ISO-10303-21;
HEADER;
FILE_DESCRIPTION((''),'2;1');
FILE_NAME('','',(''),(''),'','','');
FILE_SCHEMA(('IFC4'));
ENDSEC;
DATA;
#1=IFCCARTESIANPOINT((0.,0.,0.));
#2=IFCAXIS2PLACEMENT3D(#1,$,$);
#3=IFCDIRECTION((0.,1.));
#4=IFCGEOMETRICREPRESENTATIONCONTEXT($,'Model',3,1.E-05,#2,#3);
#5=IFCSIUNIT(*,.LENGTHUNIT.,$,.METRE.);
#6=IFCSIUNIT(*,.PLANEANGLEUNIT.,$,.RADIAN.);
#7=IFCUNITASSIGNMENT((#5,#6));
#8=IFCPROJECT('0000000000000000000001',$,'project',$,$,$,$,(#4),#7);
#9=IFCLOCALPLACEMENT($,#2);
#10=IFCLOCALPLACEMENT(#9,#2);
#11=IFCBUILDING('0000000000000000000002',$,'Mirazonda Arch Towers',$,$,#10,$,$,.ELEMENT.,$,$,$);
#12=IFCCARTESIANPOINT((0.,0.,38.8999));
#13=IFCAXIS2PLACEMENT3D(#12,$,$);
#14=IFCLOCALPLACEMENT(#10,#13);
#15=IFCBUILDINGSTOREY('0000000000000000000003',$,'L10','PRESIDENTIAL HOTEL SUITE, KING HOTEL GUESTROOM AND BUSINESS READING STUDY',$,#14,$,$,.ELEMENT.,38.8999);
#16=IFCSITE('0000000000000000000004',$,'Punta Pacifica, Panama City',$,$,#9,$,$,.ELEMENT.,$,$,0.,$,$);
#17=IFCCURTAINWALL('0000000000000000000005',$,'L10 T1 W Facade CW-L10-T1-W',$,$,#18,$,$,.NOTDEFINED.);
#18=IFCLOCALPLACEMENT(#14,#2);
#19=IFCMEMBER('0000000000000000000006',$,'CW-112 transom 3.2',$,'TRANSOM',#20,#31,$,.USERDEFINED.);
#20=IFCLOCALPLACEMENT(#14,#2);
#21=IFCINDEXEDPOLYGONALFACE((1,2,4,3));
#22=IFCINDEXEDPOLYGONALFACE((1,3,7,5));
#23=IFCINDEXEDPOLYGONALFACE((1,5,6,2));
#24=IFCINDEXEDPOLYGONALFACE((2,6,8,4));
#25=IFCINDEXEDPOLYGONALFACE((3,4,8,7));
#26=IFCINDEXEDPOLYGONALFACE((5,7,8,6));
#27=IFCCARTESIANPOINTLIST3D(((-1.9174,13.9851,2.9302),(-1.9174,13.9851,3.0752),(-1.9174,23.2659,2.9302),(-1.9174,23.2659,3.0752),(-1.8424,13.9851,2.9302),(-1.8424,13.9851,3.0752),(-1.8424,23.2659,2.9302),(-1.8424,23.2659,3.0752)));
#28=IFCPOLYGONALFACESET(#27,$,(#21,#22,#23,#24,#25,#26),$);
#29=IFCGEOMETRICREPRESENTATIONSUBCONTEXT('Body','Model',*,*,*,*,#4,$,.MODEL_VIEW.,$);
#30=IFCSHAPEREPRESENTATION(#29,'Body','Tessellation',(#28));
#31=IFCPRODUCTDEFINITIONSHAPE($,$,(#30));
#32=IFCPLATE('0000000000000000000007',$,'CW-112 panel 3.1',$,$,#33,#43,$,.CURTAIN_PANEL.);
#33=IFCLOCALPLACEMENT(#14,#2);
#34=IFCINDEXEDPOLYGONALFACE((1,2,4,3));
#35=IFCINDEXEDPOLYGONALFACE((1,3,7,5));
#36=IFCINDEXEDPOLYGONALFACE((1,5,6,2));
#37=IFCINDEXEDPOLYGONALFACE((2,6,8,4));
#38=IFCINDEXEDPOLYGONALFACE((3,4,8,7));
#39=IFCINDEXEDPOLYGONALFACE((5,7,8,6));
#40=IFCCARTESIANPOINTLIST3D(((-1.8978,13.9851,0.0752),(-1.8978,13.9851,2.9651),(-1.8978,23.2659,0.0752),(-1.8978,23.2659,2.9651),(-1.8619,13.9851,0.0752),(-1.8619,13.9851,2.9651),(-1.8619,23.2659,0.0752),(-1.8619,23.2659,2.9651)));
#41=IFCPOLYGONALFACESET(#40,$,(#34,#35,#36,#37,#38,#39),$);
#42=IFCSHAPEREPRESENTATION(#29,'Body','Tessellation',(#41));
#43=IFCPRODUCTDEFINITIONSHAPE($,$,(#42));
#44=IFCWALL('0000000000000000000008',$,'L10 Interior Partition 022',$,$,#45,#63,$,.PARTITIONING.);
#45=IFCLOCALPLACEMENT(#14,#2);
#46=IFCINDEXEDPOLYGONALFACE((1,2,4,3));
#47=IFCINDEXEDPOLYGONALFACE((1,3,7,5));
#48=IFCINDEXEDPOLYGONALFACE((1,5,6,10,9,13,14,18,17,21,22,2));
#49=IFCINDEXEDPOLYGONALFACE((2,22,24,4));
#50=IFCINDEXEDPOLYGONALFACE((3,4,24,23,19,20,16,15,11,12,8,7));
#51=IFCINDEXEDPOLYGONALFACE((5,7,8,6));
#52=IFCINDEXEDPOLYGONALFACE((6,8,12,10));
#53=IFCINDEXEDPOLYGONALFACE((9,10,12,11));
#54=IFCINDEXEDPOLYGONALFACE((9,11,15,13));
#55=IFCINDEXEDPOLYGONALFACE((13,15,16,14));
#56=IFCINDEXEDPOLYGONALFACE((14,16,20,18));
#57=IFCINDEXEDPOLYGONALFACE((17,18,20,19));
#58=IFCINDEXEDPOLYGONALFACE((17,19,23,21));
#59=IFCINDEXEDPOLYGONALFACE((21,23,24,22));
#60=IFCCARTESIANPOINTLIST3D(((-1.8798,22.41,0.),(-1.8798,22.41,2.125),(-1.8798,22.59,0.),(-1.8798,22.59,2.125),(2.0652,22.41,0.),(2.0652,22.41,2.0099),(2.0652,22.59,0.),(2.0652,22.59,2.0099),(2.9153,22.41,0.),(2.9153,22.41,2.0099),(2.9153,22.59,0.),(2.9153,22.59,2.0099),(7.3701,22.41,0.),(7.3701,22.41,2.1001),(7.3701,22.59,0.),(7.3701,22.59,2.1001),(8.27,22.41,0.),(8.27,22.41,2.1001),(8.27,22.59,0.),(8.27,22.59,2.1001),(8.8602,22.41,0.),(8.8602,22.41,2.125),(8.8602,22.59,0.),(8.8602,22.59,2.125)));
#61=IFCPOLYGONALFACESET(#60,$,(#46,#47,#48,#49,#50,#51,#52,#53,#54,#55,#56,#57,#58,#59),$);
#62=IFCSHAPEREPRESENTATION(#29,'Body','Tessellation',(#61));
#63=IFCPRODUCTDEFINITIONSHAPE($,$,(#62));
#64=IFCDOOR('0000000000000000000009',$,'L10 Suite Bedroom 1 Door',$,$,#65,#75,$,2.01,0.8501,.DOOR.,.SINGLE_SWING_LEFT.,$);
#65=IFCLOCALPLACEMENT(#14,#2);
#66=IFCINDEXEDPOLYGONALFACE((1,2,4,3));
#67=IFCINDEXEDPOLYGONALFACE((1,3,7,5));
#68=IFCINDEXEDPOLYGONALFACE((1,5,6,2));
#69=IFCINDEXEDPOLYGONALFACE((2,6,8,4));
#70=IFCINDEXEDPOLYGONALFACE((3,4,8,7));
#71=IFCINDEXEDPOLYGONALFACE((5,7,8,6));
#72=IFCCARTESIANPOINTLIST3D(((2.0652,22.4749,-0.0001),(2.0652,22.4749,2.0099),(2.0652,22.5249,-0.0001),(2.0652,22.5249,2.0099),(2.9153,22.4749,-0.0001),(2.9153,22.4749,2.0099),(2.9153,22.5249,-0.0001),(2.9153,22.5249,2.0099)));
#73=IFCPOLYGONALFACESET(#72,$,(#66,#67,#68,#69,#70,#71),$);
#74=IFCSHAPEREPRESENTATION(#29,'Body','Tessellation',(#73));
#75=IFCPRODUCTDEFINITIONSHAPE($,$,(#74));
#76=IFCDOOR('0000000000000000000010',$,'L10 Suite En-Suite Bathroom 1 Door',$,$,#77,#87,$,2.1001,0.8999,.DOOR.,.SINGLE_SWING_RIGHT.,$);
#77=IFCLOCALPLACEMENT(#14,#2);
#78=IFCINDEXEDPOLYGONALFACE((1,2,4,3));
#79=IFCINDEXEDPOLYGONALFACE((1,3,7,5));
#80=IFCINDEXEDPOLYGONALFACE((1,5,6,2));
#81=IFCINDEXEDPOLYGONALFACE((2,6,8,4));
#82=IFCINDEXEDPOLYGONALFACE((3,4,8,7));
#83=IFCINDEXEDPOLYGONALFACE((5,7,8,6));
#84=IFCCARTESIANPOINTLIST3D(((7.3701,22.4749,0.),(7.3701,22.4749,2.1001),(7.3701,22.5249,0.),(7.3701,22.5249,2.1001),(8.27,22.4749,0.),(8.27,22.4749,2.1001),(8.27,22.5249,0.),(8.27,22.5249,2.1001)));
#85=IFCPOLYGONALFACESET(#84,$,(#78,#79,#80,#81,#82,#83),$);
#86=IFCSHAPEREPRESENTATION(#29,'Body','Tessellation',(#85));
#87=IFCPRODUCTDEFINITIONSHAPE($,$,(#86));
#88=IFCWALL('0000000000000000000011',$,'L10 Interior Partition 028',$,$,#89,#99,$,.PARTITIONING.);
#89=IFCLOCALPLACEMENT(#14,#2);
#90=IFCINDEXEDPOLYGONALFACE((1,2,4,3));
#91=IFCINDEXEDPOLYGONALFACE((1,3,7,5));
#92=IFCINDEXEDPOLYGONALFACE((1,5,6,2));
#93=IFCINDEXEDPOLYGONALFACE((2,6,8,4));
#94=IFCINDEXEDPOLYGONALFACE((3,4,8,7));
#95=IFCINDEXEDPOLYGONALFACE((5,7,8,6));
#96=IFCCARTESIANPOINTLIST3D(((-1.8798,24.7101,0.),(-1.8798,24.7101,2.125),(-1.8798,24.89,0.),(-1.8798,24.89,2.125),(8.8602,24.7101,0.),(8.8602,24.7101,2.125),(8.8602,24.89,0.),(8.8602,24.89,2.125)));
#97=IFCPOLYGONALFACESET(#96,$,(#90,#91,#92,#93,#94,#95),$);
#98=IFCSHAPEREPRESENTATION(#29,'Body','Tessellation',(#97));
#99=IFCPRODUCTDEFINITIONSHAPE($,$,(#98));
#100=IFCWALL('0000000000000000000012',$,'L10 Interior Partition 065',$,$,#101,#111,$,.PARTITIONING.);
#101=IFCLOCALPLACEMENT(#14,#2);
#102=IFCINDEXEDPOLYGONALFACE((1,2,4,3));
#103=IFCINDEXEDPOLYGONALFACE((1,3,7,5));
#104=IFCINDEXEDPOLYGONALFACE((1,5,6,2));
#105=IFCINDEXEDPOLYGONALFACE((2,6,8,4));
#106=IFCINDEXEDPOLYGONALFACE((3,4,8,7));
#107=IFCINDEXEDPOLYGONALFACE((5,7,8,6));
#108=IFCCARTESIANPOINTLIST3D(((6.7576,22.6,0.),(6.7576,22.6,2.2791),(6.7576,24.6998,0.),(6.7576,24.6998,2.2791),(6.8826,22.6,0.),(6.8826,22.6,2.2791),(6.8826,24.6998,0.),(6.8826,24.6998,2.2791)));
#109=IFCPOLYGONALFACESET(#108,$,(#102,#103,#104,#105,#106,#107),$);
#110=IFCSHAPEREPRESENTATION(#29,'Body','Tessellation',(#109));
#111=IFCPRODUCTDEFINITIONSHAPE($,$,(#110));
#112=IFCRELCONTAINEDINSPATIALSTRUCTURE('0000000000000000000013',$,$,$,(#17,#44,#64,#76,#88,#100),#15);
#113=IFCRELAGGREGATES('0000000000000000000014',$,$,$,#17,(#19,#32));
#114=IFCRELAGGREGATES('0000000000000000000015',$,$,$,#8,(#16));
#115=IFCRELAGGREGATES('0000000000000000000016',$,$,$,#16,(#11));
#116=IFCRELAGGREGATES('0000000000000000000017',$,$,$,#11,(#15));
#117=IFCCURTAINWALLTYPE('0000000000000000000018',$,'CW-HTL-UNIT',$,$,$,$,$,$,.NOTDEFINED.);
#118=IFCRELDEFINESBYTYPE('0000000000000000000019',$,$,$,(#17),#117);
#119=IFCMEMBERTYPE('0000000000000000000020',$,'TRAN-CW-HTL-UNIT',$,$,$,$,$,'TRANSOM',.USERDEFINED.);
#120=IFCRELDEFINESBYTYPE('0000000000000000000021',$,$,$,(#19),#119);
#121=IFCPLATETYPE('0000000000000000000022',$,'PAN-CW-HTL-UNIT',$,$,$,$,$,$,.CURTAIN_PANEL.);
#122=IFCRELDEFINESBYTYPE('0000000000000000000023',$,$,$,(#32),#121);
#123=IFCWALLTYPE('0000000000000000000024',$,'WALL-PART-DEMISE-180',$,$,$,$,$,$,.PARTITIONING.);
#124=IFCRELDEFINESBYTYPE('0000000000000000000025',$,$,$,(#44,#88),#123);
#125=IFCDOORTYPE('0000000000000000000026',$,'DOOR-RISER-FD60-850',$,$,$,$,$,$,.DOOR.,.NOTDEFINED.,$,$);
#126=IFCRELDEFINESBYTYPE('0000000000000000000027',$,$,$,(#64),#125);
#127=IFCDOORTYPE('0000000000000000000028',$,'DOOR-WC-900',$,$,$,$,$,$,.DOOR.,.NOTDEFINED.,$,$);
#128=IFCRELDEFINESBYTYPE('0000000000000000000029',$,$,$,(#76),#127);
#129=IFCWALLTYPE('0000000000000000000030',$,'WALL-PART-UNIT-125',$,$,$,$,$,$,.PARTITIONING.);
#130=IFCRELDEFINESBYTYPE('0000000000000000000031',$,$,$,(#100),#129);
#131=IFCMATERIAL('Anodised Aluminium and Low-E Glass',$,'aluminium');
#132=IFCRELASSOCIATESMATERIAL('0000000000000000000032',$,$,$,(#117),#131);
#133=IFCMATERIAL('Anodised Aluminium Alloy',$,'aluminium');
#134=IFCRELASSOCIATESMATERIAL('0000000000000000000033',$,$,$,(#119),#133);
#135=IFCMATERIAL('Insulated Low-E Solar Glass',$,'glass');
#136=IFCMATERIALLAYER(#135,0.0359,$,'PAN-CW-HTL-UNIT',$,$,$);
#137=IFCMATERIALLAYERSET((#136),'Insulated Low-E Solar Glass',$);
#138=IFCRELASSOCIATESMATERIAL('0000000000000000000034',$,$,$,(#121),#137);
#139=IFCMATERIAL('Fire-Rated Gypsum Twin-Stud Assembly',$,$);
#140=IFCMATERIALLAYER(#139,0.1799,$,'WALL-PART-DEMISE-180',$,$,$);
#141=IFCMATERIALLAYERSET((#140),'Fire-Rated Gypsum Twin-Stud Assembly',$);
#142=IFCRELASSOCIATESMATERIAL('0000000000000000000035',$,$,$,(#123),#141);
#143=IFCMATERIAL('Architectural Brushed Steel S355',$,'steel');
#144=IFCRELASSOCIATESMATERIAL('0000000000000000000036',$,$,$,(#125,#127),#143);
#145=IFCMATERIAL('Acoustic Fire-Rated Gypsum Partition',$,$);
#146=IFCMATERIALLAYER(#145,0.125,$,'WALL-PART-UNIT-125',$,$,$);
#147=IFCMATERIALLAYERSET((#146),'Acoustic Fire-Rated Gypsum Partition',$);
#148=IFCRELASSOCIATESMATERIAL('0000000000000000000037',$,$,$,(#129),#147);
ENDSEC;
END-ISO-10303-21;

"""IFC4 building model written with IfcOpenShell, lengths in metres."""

from ifc_helpers import new_model, si_unit, direction, frame, frame_2d, origin, origin_2d, place, context, subcontext, project, spatial, rectangle, extrude, material, layer, layer_set, material_profile, profile_set, type_object, element, fill, aggregate, save


model = new_model("IFC4")

# Units and contexts
model_context = context("Model", 3, precision=1e-05, world=origin(), true_north=direction((0.0, 1.0)))
body_context = subcontext(model_context, "Body", "Model", "MODEL_VIEW")
ifc_project = project(units=[si_unit("LENGTHUNIT", "METRE"), si_unit("PLANEANGLEUNIT", "RADIAN")], contexts=[model_context])

# Site, building, storey
site_placement = place(None, origin())
site = spatial("IfcSite", under=ifc_project, at=site_placement, Name="Punta Pacifica, Panama City", CompositionType="ELEMENT", RefElevation=0.0)
building_placement = place(site_placement, origin())
building = spatial("IfcBuilding", under=site, at=building_placement, Name="Mirazonda Arch Towers", CompositionType="ELEMENT")
storey_placement = place(building_placement, frame((0.0, 0.0, 38.8999)))
storey = spatial("IfcBuildingStorey", under=building, at=storey_placement, Name="L10", Description="PRESIDENTIAL HOTEL SUITE, KING HOTEL GUESTROOM AND BUSINESS READING STUDY", CompositionType="ELEMENT", Elevation=38.8999)

# Curtain wall, member, plate
ifc_material_1 = material(Name="Anodised Aluminium and Low-E Glass", Category="aluminium")
curtain_wall_type = type_object("IfcCurtainWallType", Name="CW-HTL-UNIT", PredefinedType="NOTDEFINED", material=ifc_material_1)
curtain_wall_placement = place(storey_placement, origin())
curtain_wall = element("IfcCurtainWall", 1, at=curtain_wall_placement, inside=storey, type_object=curtain_wall_type, Name="L10 T1 W Facade CW-L10-T1-W", PredefinedType="NOTDEFINED")
ifc_material_2 = material(Name="Anodised Aluminium Alloy", Category="aluminium")
ifc_material_profile_1 = material_profile(ifc_material_2, rectangle(XDim=0.075, YDim=0.145, at=origin_2d()), Name="ALU-TRAN-75x145")
ifc_profile_set_1 = profile_set([ifc_material_profile_1], Name="Anodised Aluminium Alloy")
member_type_1 = type_object("IfcMemberType", Name="TRAN-CW-HTL-UNIT", ElementType="TRANSOM", PredefinedType="USERDEFINED", material=ifc_profile_set_1)
member_1_placement = place(storey_placement, frame((-1.8799, 23.2659, 3.0027), z_axis=(0.0, -1.0, 0.0), x_axis=(1.0, 0.0, 0.0)))
member_1 = element("IfcMember", 2, at=member_1_placement, type_object=member_type_1, Name="CW-112 transom 3.2", ObjectType="TRANSOM", PredefinedType="USERDEFINED", context=body_context, shape_type="SweptSolid", body=[
    extrude(rectangle(XDim=0.075, YDim=0.145, at=origin_2d()), origin(), (0.0, 0.0, 1.0), 9.2808),
])
ifc_material_3 = material(Name="Insulated Low-E Solar Glass", Category="glass")
ifc_layer_1 = layer(ifc_material_3, 0.0359, Name="PAN-CW-HTL-UNIT")
ifc_layer_set_1 = layer_set([ifc_layer_1], Name="Insulated Low-E Solar Glass")
plate_type = type_object("IfcPlateType", Name="PAN-CW-HTL-UNIT", PredefinedType="CURTAIN_PANEL", material=ifc_layer_set_1)
plate_placement = place(storey_placement, frame((-1.8799, 18.6255, 0.0752), z_axis=(0.0, 0.0, 1.0), x_axis=(0.0, -1.0, 0.0)))
plate = element("IfcPlate", 3, at=plate_placement, type_object=plate_type, Name="CW-112 panel 3.1", PredefinedType="CURTAIN_PANEL", context=body_context, shape_type="SweptSolid", body=[
    extrude(rectangle(XDim=9.2808, YDim=0.0359, at=origin_2d()), origin(), (0.0, 0.0, 1.0), 2.8899),
])
aggregate(curtain_wall, [member_1, plate])

# Wall, openings, doors
ifc_material_4 = material(Name="Fire-Rated Gypsum Twin-Stud Assembly")
ifc_layer_2 = layer(ifc_material_4, 0.1799, Name="WALL-PART-DEMISE-180")
ifc_layer_set_2 = layer_set([ifc_layer_2], Name="Fire-Rated Gypsum Twin-Stud Assembly")
wall_type_1 = type_object("IfcWallType", Name="WALL-PART-DEMISE-180", PredefinedType="PARTITIONING", material=ifc_layer_set_2)
wall_1_placement = place(storey_placement, frame((-1.8799, 22.5, 0.0), z_axis=(0.0, 0.0, 1.0), x_axis=(1.0, 0.0, 0.0)))
wall_1 = element("IfcWall", 4, at=wall_1_placement, inside=storey, type_object=wall_type_1, Name="L10 Interior Partition 022", PredefinedType="PARTITIONING", context=body_context, shape_type="SweptSolid", body=[
    extrude(rectangle(XDim=10.74, YDim=0.1799, at=frame_2d((5.3701, 0.0))), origin(), (0.0, 0.0, 1.0), 2.125),
])
opening_1_placement = place(wall_1_placement, frame((3.9451, 0.0, 0.0)))
opening_1 = element("IfcOpeningElement", 5, at=opening_1_placement, cuts=wall_1, PredefinedType="OPENING", context=body_context, shape_type="SweptSolid", body=[
    extrude(rectangle(XDim=0.8501, YDim=2.01, at=frame_2d((0.425, 1.0049))), frame((0.0, 0.0999, 0.0), z_axis=(0.0, -1.0, 0.0), x_axis=(1.0, 0.0, 0.0)), (0.0, 0.0, 1.0), 0.2),
])
opening_2_placement = place(wall_1_placement, frame((9.25, 0.0, 0.0)))
opening_2 = element("IfcOpeningElement", 6, at=opening_2_placement, cuts=wall_1, PredefinedType="OPENING", context=body_context, shape_type="SweptSolid", body=[
    extrude(rectangle(XDim=0.8999, YDim=2.1001, at=frame_2d((0.45, 1.05))), frame((0.0, 0.0999, 0.0), z_axis=(0.0, -1.0, 0.0), x_axis=(1.0, 0.0, 0.0)), (0.0, 0.0, 1.0), 0.2),
])
ifc_material_5 = material(Name="Architectural Brushed Steel S355", Category="steel")
door_type_1 = type_object("IfcDoorType", Name="DOOR-RISER-FD60-850", OperationType="NOTDEFINED", PredefinedType="DOOR", material=ifc_material_5)
door_1_placement = place(opening_1_placement, origin())
door_1 = element("IfcDoor", 7, at=door_1_placement, inside=storey, type_object=door_type_1, Name="L10 Suite Bedroom 1 Door", OperationType="SINGLE_SWING_LEFT", OverallHeight=2.01, OverallWidth=0.8501, PredefinedType="DOOR", context=body_context, shape_type="SweptSolid", body=[
    extrude(rectangle(XDim=0.8501, YDim=2.01, at=frame_2d((0.425, 1.0049))), frame((0.0, 0.0249, 0.0), z_axis=(0.0, -1.0, 0.0), x_axis=(1.0, 0.0, 0.0)), (0.0, 0.0, 1.0), 0.05),
])
fill(opening_1, door_1)
door_type_2 = type_object("IfcDoorType", Name="DOOR-WC-900", OperationType="NOTDEFINED", PredefinedType="DOOR", material=ifc_material_5)
door_2_placement = place(opening_2_placement, origin())
door_2 = element("IfcDoor", 8, at=door_2_placement, inside=storey, type_object=door_type_2, Name="L10 Suite En-Suite Bathroom 1 Door", OperationType="SINGLE_SWING_RIGHT", OverallHeight=2.1001, OverallWidth=0.8999, PredefinedType="DOOR", context=body_context, shape_type="SweptSolid", body=[
    extrude(rectangle(XDim=0.8999, YDim=2.1001, at=frame_2d((0.45, 1.05))), frame((0.0, 0.0249, 0.0), z_axis=(0.0, -1.0, 0.0), x_axis=(1.0, 0.0, 0.0)), (0.0, 0.0, 1.0), 0.05),
])
fill(opening_2, door_2)

# Walls
wall_2_placement = place(storey_placement, frame((-1.8799, 24.8, 0.0), z_axis=(0.0, 0.0, 1.0), x_axis=(1.0, 0.0, 0.0)))
element("IfcWall", 9, at=wall_2_placement, inside=storey, type_object=wall_type_1, Name="L10 Interior Partition 028", PredefinedType="PARTITIONING", context=body_context, shape_type="SweptSolid", body=[
    extrude(rectangle(XDim=10.74, YDim=0.1799, at=frame_2d((5.3701, 0.0))), origin(), (0.0, 0.0, 1.0), 2.125),
])
ifc_material_6 = material(Name="Acoustic Fire-Rated Gypsum Partition")
ifc_layer_3 = layer(ifc_material_6, 0.125, Name="WALL-PART-UNIT-125")
ifc_layer_set_3 = layer_set([ifc_layer_3], Name="Acoustic Fire-Rated Gypsum Partition")
wall_type_2 = type_object("IfcWallType", Name="WALL-PART-UNIT-125", PredefinedType="PARTITIONING", material=ifc_layer_set_3)
wall_3_placement = place(storey_placement, frame((6.8201, 22.6001, 0.0), z_axis=(0.0, 0.0, 1.0), x_axis=(0.0, 1.0, 0.0)))
element("IfcWall", 10, at=wall_3_placement, inside=storey, type_object=wall_type_2, Name="L10 Interior Partition 065", PredefinedType="PARTITIONING", context=body_context, shape_type="SweptSolid", body=[
    extrude(rectangle(XDim=2.0999, YDim=0.125, at=frame_2d((1.0498, 0.0))), origin(), (0.0, 0.0, 1.0), 2.2791),
])

save(model, "model.ifc")
